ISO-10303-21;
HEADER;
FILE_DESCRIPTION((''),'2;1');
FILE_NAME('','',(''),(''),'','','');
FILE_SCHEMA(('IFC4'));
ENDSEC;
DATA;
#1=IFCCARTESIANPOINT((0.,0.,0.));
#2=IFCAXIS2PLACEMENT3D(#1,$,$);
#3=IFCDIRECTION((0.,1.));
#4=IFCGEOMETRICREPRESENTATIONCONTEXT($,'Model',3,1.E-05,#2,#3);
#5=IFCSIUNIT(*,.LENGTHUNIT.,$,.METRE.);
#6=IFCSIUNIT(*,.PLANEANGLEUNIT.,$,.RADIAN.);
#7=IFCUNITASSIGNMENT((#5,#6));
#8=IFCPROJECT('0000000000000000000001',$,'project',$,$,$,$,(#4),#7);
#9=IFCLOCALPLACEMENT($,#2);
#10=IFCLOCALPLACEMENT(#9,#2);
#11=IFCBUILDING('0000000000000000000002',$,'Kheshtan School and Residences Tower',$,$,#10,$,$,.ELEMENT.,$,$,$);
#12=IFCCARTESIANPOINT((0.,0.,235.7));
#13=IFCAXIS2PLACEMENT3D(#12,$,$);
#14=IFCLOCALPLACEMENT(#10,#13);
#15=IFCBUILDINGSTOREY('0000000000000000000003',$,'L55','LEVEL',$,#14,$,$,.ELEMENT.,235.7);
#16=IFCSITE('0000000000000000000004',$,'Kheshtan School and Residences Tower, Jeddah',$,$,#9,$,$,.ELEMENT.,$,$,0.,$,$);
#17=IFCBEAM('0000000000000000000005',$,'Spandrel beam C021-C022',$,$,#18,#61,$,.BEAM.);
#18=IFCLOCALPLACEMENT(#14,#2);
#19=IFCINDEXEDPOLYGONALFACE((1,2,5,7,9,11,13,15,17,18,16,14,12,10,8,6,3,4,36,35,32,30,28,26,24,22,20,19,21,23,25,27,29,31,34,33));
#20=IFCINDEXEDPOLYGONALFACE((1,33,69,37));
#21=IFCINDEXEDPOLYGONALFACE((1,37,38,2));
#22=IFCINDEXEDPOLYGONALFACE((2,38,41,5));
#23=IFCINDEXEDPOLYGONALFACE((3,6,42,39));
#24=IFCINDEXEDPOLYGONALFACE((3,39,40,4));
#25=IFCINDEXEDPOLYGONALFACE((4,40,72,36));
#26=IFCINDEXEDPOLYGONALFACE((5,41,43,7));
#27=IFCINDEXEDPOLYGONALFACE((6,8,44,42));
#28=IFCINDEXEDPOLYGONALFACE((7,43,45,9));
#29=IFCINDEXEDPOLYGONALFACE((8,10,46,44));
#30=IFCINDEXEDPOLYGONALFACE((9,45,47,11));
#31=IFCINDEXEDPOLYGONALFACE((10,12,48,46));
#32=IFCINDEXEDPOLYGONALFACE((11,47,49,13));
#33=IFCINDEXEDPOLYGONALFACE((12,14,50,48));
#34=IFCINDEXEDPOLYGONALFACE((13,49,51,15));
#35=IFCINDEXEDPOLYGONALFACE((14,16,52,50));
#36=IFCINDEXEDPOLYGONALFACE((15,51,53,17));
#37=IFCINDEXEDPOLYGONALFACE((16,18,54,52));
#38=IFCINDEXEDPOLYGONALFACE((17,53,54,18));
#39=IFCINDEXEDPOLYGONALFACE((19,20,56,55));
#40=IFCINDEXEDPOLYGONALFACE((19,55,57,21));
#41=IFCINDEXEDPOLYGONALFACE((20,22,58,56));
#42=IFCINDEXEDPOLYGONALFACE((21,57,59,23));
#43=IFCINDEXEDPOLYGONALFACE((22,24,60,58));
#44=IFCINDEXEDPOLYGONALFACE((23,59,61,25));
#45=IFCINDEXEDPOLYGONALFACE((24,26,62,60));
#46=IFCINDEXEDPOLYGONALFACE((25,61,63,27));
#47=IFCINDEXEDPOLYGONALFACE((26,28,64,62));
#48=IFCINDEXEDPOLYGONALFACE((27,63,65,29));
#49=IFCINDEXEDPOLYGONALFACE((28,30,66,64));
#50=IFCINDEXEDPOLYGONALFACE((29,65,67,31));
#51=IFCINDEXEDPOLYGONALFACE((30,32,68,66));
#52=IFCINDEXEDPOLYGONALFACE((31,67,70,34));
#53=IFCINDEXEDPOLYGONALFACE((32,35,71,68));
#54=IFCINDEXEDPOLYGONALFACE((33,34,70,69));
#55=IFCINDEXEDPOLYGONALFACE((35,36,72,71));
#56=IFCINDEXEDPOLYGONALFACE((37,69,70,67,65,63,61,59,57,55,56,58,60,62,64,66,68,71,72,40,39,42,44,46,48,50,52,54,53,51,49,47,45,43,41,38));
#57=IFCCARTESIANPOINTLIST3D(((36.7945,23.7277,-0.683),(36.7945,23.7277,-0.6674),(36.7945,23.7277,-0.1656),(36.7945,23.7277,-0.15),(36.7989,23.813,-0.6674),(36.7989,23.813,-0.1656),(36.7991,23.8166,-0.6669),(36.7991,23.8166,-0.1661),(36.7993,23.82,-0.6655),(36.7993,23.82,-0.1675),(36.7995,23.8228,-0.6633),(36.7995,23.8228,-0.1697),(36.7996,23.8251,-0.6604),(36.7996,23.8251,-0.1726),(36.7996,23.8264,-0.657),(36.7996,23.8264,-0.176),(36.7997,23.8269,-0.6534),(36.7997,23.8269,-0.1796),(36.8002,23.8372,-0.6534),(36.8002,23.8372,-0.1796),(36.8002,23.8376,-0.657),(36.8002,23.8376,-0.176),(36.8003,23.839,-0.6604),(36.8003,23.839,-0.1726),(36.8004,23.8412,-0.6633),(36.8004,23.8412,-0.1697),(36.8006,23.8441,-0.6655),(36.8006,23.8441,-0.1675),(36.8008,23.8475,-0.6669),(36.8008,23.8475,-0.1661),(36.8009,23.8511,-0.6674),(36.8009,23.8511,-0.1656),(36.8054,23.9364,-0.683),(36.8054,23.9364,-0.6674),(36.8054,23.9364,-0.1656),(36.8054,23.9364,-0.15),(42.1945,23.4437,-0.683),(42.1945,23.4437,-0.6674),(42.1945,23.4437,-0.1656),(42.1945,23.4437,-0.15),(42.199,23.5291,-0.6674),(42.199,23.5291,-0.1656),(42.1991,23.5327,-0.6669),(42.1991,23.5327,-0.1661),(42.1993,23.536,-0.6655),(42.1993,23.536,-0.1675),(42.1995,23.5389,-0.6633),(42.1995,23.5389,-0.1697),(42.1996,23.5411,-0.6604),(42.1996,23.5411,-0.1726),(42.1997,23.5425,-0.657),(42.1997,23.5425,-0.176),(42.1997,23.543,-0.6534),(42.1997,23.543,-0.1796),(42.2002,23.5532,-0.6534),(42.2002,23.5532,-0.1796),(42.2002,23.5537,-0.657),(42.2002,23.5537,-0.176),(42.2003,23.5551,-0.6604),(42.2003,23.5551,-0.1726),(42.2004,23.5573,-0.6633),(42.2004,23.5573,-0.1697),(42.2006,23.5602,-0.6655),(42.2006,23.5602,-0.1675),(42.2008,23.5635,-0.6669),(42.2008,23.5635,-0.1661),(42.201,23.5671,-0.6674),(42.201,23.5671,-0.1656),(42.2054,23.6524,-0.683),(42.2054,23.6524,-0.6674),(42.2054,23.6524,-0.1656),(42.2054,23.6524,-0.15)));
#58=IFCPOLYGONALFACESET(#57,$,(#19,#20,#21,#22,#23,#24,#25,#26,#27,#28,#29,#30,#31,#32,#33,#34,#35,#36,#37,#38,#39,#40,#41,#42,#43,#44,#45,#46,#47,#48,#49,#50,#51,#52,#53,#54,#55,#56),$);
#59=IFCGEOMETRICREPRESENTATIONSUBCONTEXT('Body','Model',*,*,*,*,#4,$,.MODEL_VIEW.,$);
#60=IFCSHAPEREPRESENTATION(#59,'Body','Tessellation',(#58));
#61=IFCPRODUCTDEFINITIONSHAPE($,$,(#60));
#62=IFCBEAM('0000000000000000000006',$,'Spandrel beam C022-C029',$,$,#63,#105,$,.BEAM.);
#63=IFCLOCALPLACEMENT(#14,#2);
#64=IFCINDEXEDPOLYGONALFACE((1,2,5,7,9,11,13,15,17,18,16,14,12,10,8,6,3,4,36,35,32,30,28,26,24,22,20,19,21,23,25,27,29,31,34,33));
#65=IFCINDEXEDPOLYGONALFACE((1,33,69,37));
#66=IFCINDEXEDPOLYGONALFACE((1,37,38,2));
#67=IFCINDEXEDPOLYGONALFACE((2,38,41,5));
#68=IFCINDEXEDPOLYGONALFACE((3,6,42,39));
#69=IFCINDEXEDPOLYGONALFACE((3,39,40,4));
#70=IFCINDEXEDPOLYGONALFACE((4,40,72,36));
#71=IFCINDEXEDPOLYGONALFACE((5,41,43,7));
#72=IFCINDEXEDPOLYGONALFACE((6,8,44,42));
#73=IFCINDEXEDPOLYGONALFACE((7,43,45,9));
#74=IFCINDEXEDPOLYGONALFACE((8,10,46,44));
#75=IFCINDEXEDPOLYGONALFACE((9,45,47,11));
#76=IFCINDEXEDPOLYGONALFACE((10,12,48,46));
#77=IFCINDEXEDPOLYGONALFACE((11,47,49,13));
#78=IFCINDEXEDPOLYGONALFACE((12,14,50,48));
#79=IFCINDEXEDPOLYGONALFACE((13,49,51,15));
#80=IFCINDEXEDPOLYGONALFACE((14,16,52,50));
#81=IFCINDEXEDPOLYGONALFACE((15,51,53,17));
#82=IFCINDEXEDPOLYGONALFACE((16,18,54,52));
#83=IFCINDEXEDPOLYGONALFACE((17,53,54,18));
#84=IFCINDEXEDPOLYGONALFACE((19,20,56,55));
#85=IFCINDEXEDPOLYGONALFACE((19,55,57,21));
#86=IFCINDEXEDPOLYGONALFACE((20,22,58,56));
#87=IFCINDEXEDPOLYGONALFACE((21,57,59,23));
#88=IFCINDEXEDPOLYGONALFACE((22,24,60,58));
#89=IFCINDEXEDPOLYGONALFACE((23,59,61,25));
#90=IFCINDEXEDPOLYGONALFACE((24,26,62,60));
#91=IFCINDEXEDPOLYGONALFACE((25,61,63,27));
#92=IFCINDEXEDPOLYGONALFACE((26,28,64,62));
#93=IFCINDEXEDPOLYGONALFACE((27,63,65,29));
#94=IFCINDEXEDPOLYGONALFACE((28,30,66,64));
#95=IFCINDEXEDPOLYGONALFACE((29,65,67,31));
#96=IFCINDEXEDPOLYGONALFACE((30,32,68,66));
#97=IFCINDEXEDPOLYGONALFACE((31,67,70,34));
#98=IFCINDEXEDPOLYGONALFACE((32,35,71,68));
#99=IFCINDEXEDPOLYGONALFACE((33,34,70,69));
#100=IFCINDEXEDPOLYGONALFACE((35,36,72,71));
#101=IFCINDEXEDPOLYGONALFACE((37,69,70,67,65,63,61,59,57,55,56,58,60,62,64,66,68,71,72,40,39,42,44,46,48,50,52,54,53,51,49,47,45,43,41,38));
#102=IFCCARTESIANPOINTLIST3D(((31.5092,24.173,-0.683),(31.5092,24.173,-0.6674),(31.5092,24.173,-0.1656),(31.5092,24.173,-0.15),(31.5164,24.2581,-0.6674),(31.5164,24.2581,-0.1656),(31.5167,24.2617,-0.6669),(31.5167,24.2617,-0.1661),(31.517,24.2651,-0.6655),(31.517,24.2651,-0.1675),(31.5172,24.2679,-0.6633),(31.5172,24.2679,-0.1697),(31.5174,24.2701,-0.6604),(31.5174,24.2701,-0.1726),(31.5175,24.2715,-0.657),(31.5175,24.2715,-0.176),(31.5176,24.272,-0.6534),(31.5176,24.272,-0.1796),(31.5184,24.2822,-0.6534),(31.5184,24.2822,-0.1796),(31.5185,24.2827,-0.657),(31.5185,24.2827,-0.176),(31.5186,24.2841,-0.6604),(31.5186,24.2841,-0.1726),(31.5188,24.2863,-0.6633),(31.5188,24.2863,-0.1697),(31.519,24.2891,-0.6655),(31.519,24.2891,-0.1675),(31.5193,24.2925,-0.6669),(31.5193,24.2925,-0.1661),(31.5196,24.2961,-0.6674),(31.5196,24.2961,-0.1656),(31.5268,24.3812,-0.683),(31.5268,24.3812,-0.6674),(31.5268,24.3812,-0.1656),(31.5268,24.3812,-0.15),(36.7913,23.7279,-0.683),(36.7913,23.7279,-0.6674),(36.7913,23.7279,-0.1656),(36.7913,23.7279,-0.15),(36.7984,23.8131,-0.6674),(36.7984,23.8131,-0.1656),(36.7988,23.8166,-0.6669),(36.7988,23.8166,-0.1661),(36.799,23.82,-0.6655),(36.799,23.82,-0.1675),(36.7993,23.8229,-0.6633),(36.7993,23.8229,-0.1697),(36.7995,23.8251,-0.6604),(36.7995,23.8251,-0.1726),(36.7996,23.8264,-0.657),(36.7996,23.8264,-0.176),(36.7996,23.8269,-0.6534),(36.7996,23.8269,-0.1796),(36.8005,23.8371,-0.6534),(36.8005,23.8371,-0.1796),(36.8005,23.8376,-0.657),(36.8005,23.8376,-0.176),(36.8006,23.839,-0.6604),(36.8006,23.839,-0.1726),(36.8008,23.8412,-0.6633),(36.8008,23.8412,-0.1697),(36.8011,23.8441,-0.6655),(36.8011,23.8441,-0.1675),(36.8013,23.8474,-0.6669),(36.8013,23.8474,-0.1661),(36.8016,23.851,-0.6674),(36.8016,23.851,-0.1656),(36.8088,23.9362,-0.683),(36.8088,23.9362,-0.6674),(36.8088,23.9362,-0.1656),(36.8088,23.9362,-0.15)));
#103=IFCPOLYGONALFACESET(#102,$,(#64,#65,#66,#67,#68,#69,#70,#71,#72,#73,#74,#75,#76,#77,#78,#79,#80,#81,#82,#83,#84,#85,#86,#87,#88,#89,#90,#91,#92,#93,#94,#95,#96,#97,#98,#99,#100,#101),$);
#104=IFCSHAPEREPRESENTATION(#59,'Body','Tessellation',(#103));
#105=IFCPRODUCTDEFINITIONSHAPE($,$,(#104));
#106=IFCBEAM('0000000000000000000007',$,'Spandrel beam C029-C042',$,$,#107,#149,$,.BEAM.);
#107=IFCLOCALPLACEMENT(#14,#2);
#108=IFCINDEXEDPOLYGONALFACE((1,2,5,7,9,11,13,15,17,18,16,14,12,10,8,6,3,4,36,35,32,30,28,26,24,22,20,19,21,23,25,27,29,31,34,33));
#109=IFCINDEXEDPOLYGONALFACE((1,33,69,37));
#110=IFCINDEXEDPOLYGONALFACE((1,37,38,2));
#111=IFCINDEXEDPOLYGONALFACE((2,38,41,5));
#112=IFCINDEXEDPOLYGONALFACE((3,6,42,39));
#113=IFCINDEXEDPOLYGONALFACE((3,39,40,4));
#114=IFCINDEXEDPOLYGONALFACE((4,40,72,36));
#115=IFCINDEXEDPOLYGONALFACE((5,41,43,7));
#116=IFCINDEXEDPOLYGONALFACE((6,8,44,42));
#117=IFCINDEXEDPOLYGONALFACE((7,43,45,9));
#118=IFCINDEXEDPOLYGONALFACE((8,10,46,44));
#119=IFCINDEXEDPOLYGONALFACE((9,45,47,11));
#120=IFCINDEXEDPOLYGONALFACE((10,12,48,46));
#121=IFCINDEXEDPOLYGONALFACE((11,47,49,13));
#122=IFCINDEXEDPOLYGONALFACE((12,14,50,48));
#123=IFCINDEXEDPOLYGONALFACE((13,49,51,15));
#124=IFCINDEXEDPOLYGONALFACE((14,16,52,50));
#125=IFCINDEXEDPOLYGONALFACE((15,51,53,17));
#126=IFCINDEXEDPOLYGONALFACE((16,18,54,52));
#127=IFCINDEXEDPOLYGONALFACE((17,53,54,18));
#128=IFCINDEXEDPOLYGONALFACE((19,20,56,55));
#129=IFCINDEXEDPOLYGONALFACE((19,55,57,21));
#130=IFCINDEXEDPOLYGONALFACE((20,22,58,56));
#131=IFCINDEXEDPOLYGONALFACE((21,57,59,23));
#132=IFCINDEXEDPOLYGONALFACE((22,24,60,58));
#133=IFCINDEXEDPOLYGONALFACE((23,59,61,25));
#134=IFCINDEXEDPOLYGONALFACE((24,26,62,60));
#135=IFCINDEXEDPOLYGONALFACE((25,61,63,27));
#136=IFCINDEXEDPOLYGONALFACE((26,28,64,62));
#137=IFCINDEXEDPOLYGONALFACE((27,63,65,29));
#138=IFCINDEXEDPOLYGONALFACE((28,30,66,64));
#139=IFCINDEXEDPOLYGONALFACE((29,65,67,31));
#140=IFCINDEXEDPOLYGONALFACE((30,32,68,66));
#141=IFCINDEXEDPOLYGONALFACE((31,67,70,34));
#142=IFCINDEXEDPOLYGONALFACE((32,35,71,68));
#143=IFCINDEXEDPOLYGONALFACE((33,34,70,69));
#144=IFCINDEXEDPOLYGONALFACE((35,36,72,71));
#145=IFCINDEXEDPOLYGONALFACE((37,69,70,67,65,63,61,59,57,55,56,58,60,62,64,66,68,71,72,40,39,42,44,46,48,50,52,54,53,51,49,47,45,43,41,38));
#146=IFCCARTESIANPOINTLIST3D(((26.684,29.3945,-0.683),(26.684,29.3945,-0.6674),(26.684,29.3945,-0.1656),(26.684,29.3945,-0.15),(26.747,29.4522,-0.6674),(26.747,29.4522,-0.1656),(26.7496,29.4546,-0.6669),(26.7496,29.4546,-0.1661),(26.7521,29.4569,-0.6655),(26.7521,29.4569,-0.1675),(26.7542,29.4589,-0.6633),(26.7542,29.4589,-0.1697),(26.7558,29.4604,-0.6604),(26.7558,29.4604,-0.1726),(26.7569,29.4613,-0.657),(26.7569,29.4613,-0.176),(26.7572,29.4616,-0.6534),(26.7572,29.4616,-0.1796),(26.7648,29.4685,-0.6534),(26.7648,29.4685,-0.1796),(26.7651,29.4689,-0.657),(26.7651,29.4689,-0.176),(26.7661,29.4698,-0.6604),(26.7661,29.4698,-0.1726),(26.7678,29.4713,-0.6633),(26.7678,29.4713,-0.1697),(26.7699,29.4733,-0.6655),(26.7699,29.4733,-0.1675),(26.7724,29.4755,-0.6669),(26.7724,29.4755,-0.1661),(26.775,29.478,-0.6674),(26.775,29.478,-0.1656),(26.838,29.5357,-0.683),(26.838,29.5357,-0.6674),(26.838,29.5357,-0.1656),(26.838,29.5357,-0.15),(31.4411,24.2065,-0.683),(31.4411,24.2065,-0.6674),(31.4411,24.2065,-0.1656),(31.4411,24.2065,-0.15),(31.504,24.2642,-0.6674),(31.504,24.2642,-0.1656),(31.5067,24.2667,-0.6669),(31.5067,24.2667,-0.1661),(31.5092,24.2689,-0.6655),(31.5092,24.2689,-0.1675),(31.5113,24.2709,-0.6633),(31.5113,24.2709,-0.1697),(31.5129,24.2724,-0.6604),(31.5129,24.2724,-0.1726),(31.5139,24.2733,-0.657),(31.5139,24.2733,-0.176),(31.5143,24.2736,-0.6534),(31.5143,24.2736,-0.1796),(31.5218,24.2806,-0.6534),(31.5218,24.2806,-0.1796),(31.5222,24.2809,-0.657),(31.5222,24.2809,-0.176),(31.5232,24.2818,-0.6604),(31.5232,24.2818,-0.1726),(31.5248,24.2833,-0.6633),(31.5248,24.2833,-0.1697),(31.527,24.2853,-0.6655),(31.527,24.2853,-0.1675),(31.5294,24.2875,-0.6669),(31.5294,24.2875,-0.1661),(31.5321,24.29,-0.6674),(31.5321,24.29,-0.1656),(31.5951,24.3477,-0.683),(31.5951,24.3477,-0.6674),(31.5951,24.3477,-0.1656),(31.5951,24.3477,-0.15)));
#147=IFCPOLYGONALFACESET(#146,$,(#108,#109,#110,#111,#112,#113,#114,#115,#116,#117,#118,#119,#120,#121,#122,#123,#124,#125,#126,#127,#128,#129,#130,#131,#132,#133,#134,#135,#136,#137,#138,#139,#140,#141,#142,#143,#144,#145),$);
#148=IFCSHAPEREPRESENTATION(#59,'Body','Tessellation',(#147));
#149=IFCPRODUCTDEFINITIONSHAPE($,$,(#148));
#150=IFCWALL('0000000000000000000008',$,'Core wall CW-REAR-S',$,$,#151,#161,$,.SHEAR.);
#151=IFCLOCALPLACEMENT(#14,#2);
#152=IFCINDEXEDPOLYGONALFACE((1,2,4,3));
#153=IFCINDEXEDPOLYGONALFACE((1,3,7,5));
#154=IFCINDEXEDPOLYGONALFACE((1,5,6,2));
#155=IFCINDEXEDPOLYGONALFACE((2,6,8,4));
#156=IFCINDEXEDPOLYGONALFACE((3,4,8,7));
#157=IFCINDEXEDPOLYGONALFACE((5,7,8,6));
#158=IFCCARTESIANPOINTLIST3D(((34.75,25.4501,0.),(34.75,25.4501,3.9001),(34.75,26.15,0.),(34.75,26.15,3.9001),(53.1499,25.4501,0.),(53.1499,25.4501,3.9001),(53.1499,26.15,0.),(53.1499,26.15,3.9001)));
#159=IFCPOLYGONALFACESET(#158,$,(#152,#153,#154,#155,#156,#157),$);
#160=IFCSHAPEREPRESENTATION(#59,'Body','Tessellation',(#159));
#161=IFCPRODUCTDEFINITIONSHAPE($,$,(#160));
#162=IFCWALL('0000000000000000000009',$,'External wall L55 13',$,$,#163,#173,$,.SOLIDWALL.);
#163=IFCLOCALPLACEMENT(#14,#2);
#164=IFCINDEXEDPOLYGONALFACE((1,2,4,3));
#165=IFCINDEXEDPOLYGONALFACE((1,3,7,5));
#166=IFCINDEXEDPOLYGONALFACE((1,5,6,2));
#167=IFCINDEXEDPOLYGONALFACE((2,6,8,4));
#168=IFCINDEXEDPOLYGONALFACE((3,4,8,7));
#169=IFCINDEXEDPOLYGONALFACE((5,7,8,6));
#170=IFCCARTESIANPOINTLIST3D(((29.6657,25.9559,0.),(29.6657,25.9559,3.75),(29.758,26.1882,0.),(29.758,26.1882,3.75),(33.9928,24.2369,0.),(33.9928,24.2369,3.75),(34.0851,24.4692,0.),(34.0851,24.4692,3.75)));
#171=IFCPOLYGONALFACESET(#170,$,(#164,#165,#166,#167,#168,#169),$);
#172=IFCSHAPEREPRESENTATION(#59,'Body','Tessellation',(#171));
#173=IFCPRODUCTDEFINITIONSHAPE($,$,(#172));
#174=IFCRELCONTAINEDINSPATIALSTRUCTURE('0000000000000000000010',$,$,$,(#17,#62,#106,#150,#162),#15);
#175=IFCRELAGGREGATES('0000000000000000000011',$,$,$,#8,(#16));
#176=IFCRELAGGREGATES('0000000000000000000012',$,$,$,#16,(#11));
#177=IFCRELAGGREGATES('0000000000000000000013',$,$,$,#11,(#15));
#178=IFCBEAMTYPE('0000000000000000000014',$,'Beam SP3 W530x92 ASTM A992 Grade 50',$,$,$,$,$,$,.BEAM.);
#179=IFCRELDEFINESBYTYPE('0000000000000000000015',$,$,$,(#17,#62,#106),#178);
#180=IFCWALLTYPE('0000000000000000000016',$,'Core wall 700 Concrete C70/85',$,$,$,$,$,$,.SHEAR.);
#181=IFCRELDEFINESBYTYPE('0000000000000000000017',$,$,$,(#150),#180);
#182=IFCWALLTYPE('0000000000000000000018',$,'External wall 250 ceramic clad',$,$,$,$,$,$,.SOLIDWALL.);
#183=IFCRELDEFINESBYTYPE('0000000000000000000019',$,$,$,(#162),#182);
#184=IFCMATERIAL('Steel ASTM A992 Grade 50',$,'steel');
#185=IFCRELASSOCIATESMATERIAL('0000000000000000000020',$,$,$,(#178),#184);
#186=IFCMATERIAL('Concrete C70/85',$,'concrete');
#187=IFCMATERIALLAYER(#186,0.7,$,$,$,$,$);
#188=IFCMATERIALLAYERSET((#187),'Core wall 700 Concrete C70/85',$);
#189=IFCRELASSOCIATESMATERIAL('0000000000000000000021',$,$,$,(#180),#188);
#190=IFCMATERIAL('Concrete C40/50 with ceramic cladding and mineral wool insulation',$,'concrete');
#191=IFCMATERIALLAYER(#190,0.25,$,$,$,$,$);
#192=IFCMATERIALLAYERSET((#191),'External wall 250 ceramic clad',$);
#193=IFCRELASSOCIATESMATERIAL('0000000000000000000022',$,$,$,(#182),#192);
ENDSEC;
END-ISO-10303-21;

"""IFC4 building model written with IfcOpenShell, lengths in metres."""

from ifc_helpers import new_model, si_unit, direction, frame, frame_2d, origin, origin_2d, place, context, subcontext, project, spatial, rectangle, i_section, extrude, material, layer, layer_set, material_profile, profile_set, type_object, element, save


model = new_model("IFC4")

# Units and contexts
model_context = context("Model", 3, precision=1e-05, world=origin(), true_north=direction((0.0, 1.0)))
body_context = subcontext(model_context, "Body", "Model", "MODEL_VIEW")
ifc_project = project(units=[si_unit("LENGTHUNIT", "METRE"), si_unit("PLANEANGLEUNIT", "RADIAN")], contexts=[model_context])

# Site, building, storey
site_placement = place(None, origin())
site = spatial("IfcSite", under=ifc_project, at=site_placement, Name="Kheshtan School and Residences Tower, Jeddah", CompositionType="ELEMENT", RefElevation=0.0)
building_placement = place(site_placement, origin())
building = spatial("IfcBuilding", under=site, at=building_placement, Name="Kheshtan School and Residences Tower", CompositionType="ELEMENT")
storey_placement = place(building_placement, frame((0.0, 0.0, 235.7)))
storey = spatial("IfcBuildingStorey", under=building, at=storey_placement, Name="L55", Description="LEVEL", CompositionType="ELEMENT", Elevation=235.7)

# Shared definitions
ifc_material_1 = material(Name="Steel ASTM A992 Grade 50", Category="steel")

# Beams
ifc_material_profile_1 = material_profile(ifc_material_1, i_section(OverallWidth=0.209, OverallDepth=0.533, WebThickness=0.0103, FlangeThickness=0.0156, FilletRadius=0.0139, at=origin_2d()), Name="W530x92")
ifc_profile_set_1 = profile_set([ifc_material_profile_1], Name="Steel ASTM A992 Grade 50")
beam_type_1 = type_object("IfcBeamType", Name="Beam SP3 W530x92 ASTM A992 Grade 50", PredefinedType="BEAM", material=ifc_profile_set_1)
beam_1_placement = place(storey_placement, frame((42.2, 23.5481, -0.4165), z_axis=(-0.99862, 0.052509, 0.0), x_axis=(-0.052509, -0.99862, 0.0)))
element("IfcBeam", 1, at=beam_1_placement, inside=storey, type_object=beam_type_1, Name="Spandrel beam C021-C022", PredefinedType="BEAM", context=body_context, shape_type="SweptSolid", body=[
    extrude(i_section(OverallWidth=0.209, OverallDepth=0.533, WebThickness=0.0103, FlangeThickness=0.0156, FilletRadius=0.0139, at=origin_2d()), origin(), (0.0, 0.0, 1.0), 5.4075),
])
beam_2_placement = place(storey_placement, frame((36.8, 23.832, -0.4165), z_axis=(-0.996469, 0.083964, 0.0), x_axis=(-0.083964, -0.996469, 0.0)))
element("IfcBeam", 2, at=beam_2_placement, inside=storey, type_object=beam_type_1, Name="Spandrel beam C022-C029", PredefinedType="BEAM", context=body_context, shape_type="SweptSolid", body=[
    extrude(i_section(OverallWidth=0.209, OverallDepth=0.533, WebThickness=0.0103, FlangeThickness=0.0156, FilletRadius=0.0139, at=origin_2d()), origin(), (0.0, 0.0, 1.0), 5.3008),
])
beam_3_placement = place(storey_placement, frame((31.5181, 24.2771, -0.4165), z_axis=(-0.675835, 0.737053, 0.0), x_axis=(-0.737053, -0.675835, 0.0)))
element("IfcBeam", 3, at=beam_3_placement, inside=storey, type_object=beam_type_1, Name="Spandrel beam C029-C042", PredefinedType="BEAM", context=body_context, shape_type="SweptSolid", body=[
    extrude(i_section(OverallWidth=0.209, OverallDepth=0.533, WebThickness=0.0103, FlangeThickness=0.0156, FilletRadius=0.0139, at=origin_2d()), origin(), (0.0, 0.0, 1.0), 7.0388),
])

# Walls
ifc_material_2 = material(Name="Concrete C70/85", Category="concrete")
ifc_layer_1 = layer(ifc_material_2, 0.7)
ifc_layer_set_1 = layer_set([ifc_layer_1], Name="Core wall 700 Concrete C70/85")
wall_type_1 = type_object("IfcWallType", Name="Core wall 700 Concrete C70/85", PredefinedType="SHEAR", material=ifc_layer_set_1)
wall_1_placement = place(storey_placement, frame((34.75, 25.8, 0.0), z_axis=(0.0, 0.0, 1.0), x_axis=(1.0, 0.0, 0.0)))
element("IfcWall", 4, at=wall_1_placement, inside=storey, type_object=wall_type_1, Name="Core wall CW-REAR-S", PredefinedType="SHEAR", context=body_context, shape_type="SweptSolid", body=[
    extrude(rectangle(XDim=18.3999, YDim=0.7, at=frame_2d((9.2, 0.0))), origin(), (0.0, 0.0, 1.0), 3.9001),
])
ifc_material_3 = material(Name="Concrete C40/50 with ceramic cladding and mineral wool insulation", Category="concrete")
ifc_layer_2 = layer(ifc_material_3, 0.25)
ifc_layer_set_2 = layer_set([ifc_layer_2], Name="External wall 250 ceramic clad")
wall_type_2 = type_object("IfcWallType", Name="External wall 250 ceramic clad", PredefinedType="SOLIDWALL", material=ifc_layer_set_2)
wall_2_placement = place(storey_placement, frame((34.0391, 24.353, 0.0), z_axis=(0.0, 0.0, 1.0), x_axis=(-0.929353, 0.369193, 0.0)))
element("IfcWall", 5, at=wall_2_placement, inside=storey, type_object=wall_type_2, Name="External wall L55 13", PredefinedType="SOLIDWALL", context=body_context, shape_type="SweptSolid", body=[
    extrude(rectangle(XDim=4.656, YDim=0.25, at=frame_2d((2.3281, 0.0))), origin(), (0.0, 0.0, 1.0), 3.75),
])

save(model, "model.ifc")
